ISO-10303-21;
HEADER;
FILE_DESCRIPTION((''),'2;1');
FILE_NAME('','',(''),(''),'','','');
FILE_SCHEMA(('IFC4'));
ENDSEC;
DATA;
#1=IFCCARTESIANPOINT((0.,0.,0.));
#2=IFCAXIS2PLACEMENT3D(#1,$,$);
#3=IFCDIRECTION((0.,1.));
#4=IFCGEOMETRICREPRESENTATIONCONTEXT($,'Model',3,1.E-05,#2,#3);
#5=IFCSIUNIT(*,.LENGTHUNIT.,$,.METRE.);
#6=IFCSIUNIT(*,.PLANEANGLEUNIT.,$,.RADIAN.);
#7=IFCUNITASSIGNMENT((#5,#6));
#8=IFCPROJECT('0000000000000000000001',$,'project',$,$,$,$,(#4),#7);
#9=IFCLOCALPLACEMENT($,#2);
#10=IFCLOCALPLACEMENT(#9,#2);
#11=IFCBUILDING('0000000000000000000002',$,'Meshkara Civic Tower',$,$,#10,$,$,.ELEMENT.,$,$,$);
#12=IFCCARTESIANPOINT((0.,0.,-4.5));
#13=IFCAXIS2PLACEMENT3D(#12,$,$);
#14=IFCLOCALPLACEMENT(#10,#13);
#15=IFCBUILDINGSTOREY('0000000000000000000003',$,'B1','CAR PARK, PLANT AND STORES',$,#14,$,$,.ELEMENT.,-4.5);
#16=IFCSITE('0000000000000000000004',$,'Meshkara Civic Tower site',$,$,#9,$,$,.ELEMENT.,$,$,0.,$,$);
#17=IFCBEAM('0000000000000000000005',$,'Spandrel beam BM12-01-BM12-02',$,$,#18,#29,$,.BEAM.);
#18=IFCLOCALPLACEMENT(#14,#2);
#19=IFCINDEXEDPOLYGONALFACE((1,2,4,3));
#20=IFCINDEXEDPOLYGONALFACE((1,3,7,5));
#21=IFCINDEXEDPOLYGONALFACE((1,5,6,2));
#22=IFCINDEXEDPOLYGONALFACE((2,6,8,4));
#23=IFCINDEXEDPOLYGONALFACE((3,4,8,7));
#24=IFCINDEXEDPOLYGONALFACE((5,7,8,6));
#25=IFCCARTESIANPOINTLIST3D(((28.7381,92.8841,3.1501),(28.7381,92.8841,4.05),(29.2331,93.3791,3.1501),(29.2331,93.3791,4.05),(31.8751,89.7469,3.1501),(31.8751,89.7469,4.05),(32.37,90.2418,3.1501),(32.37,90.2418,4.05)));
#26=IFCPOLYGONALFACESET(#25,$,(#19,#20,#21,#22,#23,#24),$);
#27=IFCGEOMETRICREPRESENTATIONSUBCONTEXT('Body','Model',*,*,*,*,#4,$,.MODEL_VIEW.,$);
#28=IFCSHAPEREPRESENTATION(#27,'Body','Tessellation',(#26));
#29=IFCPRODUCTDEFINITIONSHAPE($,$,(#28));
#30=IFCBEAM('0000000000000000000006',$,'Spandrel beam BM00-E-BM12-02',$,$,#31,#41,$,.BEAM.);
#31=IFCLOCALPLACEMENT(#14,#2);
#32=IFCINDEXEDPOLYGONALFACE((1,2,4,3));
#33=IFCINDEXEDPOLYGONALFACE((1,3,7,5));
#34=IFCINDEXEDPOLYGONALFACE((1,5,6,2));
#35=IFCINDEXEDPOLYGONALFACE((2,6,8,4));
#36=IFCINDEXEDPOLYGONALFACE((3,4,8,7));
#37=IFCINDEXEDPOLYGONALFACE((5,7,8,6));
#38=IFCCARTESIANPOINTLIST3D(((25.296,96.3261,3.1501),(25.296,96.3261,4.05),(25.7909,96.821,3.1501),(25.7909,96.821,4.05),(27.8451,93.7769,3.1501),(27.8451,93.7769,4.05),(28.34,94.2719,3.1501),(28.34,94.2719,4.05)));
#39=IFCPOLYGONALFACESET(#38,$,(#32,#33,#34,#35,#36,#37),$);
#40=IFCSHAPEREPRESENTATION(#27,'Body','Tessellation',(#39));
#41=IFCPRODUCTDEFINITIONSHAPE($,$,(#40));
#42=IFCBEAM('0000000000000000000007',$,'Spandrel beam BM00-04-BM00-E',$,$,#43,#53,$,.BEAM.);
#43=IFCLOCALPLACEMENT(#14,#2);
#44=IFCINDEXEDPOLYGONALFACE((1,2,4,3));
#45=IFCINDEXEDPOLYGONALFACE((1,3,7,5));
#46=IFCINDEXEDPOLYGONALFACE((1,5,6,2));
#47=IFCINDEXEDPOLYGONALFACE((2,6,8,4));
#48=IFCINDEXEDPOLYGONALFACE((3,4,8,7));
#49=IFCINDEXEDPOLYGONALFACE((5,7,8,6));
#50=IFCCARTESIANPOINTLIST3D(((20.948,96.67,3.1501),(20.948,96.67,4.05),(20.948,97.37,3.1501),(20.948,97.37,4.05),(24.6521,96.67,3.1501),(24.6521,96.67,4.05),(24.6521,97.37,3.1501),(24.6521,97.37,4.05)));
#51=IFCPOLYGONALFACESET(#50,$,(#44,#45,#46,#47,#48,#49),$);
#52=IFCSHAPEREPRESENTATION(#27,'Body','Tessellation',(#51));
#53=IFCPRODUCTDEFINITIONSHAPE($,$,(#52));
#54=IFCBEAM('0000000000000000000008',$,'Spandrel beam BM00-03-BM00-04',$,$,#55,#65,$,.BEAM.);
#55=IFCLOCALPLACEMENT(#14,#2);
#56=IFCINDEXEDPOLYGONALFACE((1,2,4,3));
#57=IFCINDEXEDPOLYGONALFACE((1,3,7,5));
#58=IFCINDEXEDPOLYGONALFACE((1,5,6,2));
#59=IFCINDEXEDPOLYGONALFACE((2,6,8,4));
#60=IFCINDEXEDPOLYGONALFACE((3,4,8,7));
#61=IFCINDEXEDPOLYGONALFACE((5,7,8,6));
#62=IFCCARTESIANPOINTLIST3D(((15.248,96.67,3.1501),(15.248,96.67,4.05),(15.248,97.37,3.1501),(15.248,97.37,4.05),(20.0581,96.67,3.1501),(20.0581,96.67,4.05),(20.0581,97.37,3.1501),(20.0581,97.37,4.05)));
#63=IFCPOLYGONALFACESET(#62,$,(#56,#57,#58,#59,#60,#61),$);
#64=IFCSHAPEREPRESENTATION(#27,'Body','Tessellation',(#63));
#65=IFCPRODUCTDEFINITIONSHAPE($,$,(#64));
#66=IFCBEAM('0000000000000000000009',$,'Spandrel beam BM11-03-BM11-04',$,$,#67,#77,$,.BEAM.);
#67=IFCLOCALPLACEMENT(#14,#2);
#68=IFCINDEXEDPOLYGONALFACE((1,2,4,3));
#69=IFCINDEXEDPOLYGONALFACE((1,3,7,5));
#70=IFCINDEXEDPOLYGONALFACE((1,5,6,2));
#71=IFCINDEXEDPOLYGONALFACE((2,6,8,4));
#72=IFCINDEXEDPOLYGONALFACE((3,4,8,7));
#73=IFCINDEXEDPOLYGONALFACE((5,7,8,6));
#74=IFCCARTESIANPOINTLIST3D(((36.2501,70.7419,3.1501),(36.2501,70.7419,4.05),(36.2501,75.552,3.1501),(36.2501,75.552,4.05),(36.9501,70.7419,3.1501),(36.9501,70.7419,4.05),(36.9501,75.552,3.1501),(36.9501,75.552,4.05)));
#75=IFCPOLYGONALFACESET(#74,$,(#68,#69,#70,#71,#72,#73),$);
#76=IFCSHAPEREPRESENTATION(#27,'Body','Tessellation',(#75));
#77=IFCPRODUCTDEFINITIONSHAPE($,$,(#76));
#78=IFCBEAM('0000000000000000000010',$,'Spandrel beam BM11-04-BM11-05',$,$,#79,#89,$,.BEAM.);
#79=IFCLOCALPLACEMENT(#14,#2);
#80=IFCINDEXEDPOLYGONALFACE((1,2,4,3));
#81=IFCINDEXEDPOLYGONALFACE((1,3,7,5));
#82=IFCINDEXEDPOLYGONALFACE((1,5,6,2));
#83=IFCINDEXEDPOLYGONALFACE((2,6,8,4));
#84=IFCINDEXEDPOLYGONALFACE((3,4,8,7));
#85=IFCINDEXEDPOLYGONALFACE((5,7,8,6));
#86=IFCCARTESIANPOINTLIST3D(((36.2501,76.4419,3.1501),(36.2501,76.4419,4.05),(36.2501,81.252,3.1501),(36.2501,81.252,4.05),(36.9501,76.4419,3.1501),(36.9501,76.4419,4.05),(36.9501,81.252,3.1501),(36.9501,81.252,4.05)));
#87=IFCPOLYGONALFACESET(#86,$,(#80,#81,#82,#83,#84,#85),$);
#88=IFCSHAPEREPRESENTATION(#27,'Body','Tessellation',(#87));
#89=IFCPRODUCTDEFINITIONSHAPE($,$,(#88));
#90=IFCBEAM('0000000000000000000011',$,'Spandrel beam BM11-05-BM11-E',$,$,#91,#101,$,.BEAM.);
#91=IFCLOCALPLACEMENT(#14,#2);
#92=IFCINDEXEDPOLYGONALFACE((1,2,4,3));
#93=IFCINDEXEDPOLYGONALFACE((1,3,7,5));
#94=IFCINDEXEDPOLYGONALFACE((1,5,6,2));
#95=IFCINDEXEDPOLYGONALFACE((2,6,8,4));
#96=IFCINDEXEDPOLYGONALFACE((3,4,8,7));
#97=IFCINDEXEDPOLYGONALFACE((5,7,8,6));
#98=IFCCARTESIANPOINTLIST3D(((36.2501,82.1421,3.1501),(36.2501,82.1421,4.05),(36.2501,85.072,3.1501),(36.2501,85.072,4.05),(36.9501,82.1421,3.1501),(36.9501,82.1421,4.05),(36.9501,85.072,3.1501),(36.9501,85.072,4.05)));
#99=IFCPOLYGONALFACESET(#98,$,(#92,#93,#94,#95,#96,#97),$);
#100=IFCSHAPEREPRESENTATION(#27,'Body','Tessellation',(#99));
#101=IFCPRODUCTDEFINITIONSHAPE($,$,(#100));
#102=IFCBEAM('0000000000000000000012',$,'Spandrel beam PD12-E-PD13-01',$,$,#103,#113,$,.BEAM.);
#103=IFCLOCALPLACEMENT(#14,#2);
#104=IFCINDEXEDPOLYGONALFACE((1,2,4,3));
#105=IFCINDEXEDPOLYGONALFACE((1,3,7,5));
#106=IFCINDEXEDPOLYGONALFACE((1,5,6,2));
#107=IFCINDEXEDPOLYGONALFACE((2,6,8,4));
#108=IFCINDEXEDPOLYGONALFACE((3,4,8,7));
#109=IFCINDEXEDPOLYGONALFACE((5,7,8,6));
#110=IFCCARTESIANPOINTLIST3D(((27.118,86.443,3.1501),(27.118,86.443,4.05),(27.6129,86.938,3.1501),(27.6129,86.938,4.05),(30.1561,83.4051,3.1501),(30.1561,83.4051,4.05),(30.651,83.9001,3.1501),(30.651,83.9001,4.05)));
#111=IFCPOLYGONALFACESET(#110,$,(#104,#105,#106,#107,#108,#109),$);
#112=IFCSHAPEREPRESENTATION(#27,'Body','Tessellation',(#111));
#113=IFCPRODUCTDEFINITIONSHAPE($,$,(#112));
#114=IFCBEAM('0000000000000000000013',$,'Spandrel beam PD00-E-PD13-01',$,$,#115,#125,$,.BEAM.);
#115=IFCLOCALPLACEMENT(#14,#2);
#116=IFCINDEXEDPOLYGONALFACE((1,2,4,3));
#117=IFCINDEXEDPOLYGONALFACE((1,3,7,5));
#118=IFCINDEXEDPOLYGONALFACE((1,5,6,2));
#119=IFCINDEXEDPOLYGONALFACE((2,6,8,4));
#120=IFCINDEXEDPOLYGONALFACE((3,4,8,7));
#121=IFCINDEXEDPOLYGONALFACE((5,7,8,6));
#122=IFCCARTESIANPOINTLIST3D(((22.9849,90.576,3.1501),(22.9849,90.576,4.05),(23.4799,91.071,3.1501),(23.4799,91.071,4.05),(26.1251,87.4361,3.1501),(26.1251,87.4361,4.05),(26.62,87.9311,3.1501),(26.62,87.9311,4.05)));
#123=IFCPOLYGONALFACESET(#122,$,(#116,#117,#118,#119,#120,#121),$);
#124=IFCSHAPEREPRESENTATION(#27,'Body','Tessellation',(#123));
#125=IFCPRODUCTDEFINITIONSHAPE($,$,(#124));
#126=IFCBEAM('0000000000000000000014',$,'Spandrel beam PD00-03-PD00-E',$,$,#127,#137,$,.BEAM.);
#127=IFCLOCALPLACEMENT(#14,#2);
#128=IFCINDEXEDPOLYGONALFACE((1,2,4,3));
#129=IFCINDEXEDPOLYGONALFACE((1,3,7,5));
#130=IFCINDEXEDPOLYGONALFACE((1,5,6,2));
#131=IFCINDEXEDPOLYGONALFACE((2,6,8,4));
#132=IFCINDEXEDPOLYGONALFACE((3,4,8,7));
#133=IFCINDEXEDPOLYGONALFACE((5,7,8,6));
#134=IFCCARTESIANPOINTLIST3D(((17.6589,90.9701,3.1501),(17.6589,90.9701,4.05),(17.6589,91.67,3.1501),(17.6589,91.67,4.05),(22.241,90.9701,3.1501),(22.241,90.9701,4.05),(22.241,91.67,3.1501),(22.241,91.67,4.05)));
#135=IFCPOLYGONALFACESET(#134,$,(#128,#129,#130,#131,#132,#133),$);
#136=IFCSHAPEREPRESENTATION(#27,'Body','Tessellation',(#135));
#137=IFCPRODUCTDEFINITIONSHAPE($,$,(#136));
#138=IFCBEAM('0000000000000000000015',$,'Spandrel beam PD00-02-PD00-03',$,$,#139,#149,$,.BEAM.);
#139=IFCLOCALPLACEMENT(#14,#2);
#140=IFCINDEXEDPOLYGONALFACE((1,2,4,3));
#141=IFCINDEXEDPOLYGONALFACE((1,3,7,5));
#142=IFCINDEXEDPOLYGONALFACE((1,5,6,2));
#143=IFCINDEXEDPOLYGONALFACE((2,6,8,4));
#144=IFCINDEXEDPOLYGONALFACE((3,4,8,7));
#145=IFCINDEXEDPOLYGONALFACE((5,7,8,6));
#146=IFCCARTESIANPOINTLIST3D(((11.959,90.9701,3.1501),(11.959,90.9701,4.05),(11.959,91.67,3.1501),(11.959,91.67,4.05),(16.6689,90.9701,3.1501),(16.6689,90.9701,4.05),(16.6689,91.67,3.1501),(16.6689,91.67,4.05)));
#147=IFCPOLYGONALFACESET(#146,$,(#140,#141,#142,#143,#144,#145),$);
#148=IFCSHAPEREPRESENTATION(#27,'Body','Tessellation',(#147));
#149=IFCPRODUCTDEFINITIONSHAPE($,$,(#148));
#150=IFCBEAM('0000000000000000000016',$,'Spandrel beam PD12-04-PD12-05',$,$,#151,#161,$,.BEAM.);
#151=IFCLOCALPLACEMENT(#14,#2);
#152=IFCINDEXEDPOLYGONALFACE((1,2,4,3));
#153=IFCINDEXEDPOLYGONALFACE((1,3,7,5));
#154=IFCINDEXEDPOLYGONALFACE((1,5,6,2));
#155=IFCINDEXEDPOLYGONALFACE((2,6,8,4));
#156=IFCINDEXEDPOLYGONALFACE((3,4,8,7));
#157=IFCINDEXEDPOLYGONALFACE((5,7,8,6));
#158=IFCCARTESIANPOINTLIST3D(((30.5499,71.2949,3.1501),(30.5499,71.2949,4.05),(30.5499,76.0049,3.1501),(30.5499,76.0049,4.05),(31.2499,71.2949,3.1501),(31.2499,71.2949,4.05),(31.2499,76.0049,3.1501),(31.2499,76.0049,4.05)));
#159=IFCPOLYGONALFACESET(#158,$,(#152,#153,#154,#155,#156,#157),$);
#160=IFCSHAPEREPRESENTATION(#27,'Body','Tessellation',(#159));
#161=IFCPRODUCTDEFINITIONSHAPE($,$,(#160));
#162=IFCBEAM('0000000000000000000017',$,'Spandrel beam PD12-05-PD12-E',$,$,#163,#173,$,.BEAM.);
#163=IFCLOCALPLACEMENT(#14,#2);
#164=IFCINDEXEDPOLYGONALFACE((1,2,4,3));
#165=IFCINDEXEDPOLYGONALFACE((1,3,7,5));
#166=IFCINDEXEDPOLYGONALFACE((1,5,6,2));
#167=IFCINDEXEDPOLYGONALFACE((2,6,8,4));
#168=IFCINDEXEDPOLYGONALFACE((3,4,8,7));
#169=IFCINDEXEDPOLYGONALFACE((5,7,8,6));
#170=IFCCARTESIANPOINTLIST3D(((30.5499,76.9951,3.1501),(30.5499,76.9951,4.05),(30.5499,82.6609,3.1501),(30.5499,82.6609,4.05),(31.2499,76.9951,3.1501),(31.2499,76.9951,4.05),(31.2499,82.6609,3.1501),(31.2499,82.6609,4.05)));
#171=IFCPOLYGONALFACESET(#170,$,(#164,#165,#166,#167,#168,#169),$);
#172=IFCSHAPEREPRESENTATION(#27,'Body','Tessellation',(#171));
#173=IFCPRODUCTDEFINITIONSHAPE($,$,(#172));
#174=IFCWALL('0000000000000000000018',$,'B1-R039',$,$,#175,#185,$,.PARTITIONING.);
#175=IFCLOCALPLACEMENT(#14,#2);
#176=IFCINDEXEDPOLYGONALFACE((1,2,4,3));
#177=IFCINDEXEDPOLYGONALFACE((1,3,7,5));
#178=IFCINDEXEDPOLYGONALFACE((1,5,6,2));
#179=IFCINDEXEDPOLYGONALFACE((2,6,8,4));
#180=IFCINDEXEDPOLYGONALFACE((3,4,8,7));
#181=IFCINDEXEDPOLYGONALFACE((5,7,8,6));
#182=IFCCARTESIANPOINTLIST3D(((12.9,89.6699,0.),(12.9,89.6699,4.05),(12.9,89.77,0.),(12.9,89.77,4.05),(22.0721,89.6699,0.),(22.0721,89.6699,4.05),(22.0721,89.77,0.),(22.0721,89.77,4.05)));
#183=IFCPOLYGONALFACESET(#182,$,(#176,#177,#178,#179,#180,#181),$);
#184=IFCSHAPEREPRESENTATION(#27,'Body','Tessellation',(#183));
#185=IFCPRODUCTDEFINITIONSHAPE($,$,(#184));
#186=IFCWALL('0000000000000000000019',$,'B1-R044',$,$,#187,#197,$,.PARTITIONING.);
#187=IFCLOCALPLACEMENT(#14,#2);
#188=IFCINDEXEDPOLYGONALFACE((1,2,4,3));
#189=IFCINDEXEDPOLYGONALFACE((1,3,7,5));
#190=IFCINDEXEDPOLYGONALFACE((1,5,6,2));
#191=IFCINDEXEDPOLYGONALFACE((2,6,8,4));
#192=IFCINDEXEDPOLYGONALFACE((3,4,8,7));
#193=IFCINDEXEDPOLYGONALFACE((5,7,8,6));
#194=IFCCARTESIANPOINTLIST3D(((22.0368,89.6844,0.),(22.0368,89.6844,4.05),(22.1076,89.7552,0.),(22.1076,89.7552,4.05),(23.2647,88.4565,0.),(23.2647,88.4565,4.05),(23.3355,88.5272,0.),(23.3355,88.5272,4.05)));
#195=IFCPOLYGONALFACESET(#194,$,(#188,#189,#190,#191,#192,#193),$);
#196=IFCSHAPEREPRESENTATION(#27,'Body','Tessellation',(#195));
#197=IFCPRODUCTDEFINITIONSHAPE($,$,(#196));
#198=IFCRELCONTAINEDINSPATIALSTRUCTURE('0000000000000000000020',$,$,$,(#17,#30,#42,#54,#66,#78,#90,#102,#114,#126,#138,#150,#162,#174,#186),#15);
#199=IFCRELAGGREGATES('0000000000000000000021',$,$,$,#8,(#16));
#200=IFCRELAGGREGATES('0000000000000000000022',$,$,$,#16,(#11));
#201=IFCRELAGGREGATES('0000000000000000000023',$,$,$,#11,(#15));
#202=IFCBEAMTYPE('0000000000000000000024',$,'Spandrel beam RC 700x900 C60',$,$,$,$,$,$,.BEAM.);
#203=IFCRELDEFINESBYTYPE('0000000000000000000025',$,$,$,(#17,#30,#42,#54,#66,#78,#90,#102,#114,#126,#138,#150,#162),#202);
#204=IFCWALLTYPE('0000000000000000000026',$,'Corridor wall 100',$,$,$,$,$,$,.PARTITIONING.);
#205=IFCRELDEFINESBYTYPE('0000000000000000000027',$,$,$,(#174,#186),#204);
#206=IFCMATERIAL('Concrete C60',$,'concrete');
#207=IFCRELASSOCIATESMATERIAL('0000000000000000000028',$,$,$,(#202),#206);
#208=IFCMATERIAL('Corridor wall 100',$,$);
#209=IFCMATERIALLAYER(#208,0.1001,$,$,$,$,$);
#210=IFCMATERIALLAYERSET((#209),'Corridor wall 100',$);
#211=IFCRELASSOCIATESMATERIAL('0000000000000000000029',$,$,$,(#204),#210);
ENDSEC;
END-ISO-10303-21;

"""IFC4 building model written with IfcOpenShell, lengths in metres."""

from ifc_helpers import new_model, si_unit, direction, frame, frame_2d, origin, origin_2d, place, context, subcontext, project, spatial, rectangle, extrude, material, layer, layer_set, material_profile, profile_set, type_object, element, save


model = new_model("IFC4")

# Units and contexts
model_context = context("Model", 3, precision=1e-05, world=origin(), true_north=direction((0.0, 1.0)))
body_context = subcontext(model_context, "Body", "Model", "MODEL_VIEW")
ifc_project = project(units=[si_unit("LENGTHUNIT", "METRE"), si_unit("PLANEANGLEUNIT", "RADIAN")], contexts=[model_context])

# Site, building, storey
site_placement = place(None, origin())
site = spatial("IfcSite", under=ifc_project, at=site_placement, Name="Meshkara Civic Tower site", CompositionType="ELEMENT", RefElevation=0.0)
building_placement = place(site_placement, origin())
building = spatial("IfcBuilding", under=site, at=building_placement, Name="Meshkara Civic Tower", CompositionType="ELEMENT")
storey_placement = place(building_placement, frame((0.0, 0.0, -4.5)))
storey = spatial("IfcBuildingStorey", under=building, at=storey_placement, Name="B1", Description="CAR PARK, PLANT AND STORES", CompositionType="ELEMENT", Elevation=-4.5)

# Beams
ifc_material_1 = material(Name="Concrete C60", Category="concrete")
ifc_material_profile_1 = material_profile(ifc_material_1, rectangle(XDim=0.7, YDim=0.8999, at=origin_2d()))
ifc_profile_set_1 = profile_set([ifc_material_profile_1], Name="Concrete C60")
beam_type = type_object("IfcBeamType", Name="Spandrel beam RC 700x900 C60", PredefinedType="BEAM", material=ifc_profile_set_1)
beam_1_placement = place(storey_placement, frame((32.1226, 89.9944, 3.6001), z_axis=(-0.707079, 0.707134, 0.0), x_axis=(-0.707134, -0.707079, 0.0)))
element("IfcBeam", 1, at=beam_1_placement, inside=storey, type_object=beam_type, Name="Spandrel beam BM12-01-BM12-02", PredefinedType="BEAM", context=body_context, shape_type="SweptSolid", body=[
    extrude(rectangle(XDim=0.7, YDim=0.8999, at=origin_2d()), origin(), (0.0, 0.0, 1.0), 4.4365),
])
beam_2_placement = place(storey_placement, frame((28.0925, 94.0244, 3.6001), z_axis=(-0.707107, 0.707107, 0.0), x_axis=(-0.707107, -0.707107, 0.0)))
element("IfcBeam", 2, at=beam_2_placement, inside=storey, type_object=beam_type, Name="Spandrel beam BM00-E-BM12-02", PredefinedType="BEAM", context=body_context, shape_type="SweptSolid", body=[
    extrude(rectangle(XDim=0.7, YDim=0.8999, at=origin_2d()), origin(), (0.0, 0.0, 1.0), 3.605),
])
beam_3_placement = place(storey_placement, frame((24.6521, 97.02, 3.6001), z_axis=(-1.0, 0.0, 0.0), x_axis=(0.0, -1.0, 0.0)))
element("IfcBeam", 3, at=beam_3_placement, inside=storey, type_object=beam_type, Name="Spandrel beam BM00-04-BM00-E", PredefinedType="BEAM", context=body_context, shape_type="SweptSolid", body=[
    extrude(rectangle(XDim=0.7, YDim=0.8999, at=origin_2d()), origin(), (0.0, 0.0, 1.0), 3.7041),
])
for number, where, z_axis, x_axis, name in (
    (4, (20.0581, 97.02, 3.6001), (-1.0, 0.0, 0.0), (0.0, -1.0, 0.0), "Spandrel beam BM00-03-BM00-04"),
    (5, (36.6001, 70.7419, 3.6001), (0.0, 1.0, 0.0), (-1.0, 0.0, 0.0), "Spandrel beam BM11-03-BM11-04"),
    (6, (36.6001, 76.4419, 3.6001), (0.0, 1.0, 0.0), (-1.0, 0.0, 0.0), "Spandrel beam BM11-04-BM11-05"),
):
    element("IfcBeam", number, at=place(storey_placement, frame(where, z_axis=z_axis, x_axis=x_axis)), inside=storey, type_object=beam_type, Name=name, PredefinedType="BEAM", context=body_context, shape_type="SweptSolid", body=[
        extrude(rectangle(XDim=0.7, YDim=0.8999, at=origin_2d()), origin(), (0.0, 0.0, 1.0), 4.8101),
    ])
beam_4_placement = place(storey_placement, frame((36.6001, 82.1421, 3.6001), z_axis=(0.0, 1.0, 0.0), x_axis=(-1.0, 0.0, 0.0)))
element("IfcBeam", 7, at=beam_4_placement, inside=storey, type_object=beam_type, Name="Spandrel beam BM11-05-BM11-E", PredefinedType="BEAM", context=body_context, shape_type="SweptSolid", body=[
    extrude(rectangle(XDim=0.7, YDim=0.8999, at=origin_2d()), origin(), (0.0, 0.0, 1.0), 2.9299),
])
beam_5_placement = place(storey_placement, frame((30.4036, 83.6526, 3.6001), z_axis=(-0.707135, 0.707078, 0.0), x_axis=(-0.707078, -0.707135, 0.0)))
element("IfcBeam", 8, at=beam_5_placement, inside=storey, type_object=beam_type, Name="Spandrel beam PD12-E-PD13-01", PredefinedType="BEAM", context=body_context, shape_type="SweptSolid", body=[
    extrude(rectangle(XDim=0.7, YDim=0.8999, at=origin_2d()), origin(), (0.0, 0.0, 1.0), 4.2964),
])
beam_6_placement = place(storey_placement, frame((26.3726, 87.6836, 3.6001), z_axis=(-0.707134, 0.707079, 0.0), x_axis=(-0.707079, -0.707134, 0.0)))
element("IfcBeam", 9, at=beam_6_placement, inside=storey, type_object=beam_type, Name="Spandrel beam PD00-E-PD13-01", PredefinedType="BEAM", context=body_context, shape_type="SweptSolid", body=[
    extrude(rectangle(XDim=0.7, YDim=0.8999, at=origin_2d()), origin(), (0.0, 0.0, 1.0), 4.4407),
])
beam_7_placement = place(storey_placement, frame((22.241, 91.3201, 3.6001), z_axis=(-1.0, 0.0, 0.0), x_axis=(0.0, -1.0, 0.0)))
element("IfcBeam", 10, at=beam_7_placement, inside=storey, type_object=beam_type, Name="Spandrel beam PD00-03-PD00-E", PredefinedType="BEAM", context=body_context, shape_type="SweptSolid", body=[
    extrude(rectangle(XDim=0.7, YDim=0.8999, at=origin_2d()), origin(), (0.0, 0.0, 1.0), 4.582),
])
for number, where, z_axis, x_axis, name in (
    (11, (16.6689, 91.3201, 3.6001), (-1.0, 0.0, 0.0), (0.0, -1.0, 0.0), "Spandrel beam PD00-02-PD00-03"),
    (12, (30.8999, 71.2949, 3.6001), (0.0, 1.0, 0.0), (-1.0, 0.0, 0.0), "Spandrel beam PD12-04-PD12-05"),
):
    element("IfcBeam", number, at=place(storey_placement, frame(where, z_axis=z_axis, x_axis=x_axis)), inside=storey, type_object=beam_type, Name=name, PredefinedType="BEAM", context=body_context, shape_type="SweptSolid", body=[
        extrude(rectangle(XDim=0.7, YDim=0.8999, at=origin_2d()), origin(), (0.0, 0.0, 1.0), 4.71),
    ])
beam_8_placement = place(storey_placement, frame((30.8999, 76.9951, 3.6001), z_axis=(0.0, 1.0, 0.0), x_axis=(-1.0, 0.0, 0.0)))
element("IfcBeam", 13, at=beam_8_placement, inside=storey, type_object=beam_type, Name="Spandrel beam PD12-05-PD12-E", PredefinedType="BEAM", context=body_context, shape_type="SweptSolid", body=[
    extrude(rectangle(XDim=0.7, YDim=0.8999, at=origin_2d()), origin(), (0.0, 0.0, 1.0), 5.6658),
])

# Walls
ifc_material_2 = material(Name="Corridor wall 100")
ifc_layer_1 = layer(ifc_material_2, 0.1001)
ifc_layer_set_1 = layer_set([ifc_layer_1], Name="Corridor wall 100")
wall_type_1 = type_object("IfcWallType", Name="Corridor wall 100", PredefinedType="PARTITIONING", material=ifc_layer_set_1)
wall_1_placement = place(storey_placement, frame((22.072, 89.72, 0.0), z_axis=(0.0, 0.0, 1.0), x_axis=(-1.0, 0.0, 0.0)))
element("IfcWall", 14, at=wall_1_placement, inside=storey, type_object=wall_type_1, Name="B1-R039", PredefinedType="PARTITIONING", context=body_context, shape_type="SweptSolid", body=[
    extrude(rectangle(XDim=9.1721, YDim=0.1001, at=frame_2d((4.5859, 0.0))), origin(), (0.0, 0.0, 1.0), 4.05),
])
wall_2_placement = place(storey_placement, frame((23.3, 88.4919, 0.0), z_axis=(0.0, 0.0, 1.0), x_axis=(-0.707107, 0.707107, 0.0)))
element("IfcWall", 15, at=wall_2_placement, inside=storey, type_object=wall_type_1, Name="B1-R044", PredefinedType="PARTITIONING", context=body_context, shape_type="SweptSolid", body=[
    extrude(rectangle(XDim=1.7366, YDim=0.1001, at=frame_2d((0.8682, 0.0))), origin(), (0.0, 0.0, 1.0), 4.05),
])

save(model, "model.ifc")
